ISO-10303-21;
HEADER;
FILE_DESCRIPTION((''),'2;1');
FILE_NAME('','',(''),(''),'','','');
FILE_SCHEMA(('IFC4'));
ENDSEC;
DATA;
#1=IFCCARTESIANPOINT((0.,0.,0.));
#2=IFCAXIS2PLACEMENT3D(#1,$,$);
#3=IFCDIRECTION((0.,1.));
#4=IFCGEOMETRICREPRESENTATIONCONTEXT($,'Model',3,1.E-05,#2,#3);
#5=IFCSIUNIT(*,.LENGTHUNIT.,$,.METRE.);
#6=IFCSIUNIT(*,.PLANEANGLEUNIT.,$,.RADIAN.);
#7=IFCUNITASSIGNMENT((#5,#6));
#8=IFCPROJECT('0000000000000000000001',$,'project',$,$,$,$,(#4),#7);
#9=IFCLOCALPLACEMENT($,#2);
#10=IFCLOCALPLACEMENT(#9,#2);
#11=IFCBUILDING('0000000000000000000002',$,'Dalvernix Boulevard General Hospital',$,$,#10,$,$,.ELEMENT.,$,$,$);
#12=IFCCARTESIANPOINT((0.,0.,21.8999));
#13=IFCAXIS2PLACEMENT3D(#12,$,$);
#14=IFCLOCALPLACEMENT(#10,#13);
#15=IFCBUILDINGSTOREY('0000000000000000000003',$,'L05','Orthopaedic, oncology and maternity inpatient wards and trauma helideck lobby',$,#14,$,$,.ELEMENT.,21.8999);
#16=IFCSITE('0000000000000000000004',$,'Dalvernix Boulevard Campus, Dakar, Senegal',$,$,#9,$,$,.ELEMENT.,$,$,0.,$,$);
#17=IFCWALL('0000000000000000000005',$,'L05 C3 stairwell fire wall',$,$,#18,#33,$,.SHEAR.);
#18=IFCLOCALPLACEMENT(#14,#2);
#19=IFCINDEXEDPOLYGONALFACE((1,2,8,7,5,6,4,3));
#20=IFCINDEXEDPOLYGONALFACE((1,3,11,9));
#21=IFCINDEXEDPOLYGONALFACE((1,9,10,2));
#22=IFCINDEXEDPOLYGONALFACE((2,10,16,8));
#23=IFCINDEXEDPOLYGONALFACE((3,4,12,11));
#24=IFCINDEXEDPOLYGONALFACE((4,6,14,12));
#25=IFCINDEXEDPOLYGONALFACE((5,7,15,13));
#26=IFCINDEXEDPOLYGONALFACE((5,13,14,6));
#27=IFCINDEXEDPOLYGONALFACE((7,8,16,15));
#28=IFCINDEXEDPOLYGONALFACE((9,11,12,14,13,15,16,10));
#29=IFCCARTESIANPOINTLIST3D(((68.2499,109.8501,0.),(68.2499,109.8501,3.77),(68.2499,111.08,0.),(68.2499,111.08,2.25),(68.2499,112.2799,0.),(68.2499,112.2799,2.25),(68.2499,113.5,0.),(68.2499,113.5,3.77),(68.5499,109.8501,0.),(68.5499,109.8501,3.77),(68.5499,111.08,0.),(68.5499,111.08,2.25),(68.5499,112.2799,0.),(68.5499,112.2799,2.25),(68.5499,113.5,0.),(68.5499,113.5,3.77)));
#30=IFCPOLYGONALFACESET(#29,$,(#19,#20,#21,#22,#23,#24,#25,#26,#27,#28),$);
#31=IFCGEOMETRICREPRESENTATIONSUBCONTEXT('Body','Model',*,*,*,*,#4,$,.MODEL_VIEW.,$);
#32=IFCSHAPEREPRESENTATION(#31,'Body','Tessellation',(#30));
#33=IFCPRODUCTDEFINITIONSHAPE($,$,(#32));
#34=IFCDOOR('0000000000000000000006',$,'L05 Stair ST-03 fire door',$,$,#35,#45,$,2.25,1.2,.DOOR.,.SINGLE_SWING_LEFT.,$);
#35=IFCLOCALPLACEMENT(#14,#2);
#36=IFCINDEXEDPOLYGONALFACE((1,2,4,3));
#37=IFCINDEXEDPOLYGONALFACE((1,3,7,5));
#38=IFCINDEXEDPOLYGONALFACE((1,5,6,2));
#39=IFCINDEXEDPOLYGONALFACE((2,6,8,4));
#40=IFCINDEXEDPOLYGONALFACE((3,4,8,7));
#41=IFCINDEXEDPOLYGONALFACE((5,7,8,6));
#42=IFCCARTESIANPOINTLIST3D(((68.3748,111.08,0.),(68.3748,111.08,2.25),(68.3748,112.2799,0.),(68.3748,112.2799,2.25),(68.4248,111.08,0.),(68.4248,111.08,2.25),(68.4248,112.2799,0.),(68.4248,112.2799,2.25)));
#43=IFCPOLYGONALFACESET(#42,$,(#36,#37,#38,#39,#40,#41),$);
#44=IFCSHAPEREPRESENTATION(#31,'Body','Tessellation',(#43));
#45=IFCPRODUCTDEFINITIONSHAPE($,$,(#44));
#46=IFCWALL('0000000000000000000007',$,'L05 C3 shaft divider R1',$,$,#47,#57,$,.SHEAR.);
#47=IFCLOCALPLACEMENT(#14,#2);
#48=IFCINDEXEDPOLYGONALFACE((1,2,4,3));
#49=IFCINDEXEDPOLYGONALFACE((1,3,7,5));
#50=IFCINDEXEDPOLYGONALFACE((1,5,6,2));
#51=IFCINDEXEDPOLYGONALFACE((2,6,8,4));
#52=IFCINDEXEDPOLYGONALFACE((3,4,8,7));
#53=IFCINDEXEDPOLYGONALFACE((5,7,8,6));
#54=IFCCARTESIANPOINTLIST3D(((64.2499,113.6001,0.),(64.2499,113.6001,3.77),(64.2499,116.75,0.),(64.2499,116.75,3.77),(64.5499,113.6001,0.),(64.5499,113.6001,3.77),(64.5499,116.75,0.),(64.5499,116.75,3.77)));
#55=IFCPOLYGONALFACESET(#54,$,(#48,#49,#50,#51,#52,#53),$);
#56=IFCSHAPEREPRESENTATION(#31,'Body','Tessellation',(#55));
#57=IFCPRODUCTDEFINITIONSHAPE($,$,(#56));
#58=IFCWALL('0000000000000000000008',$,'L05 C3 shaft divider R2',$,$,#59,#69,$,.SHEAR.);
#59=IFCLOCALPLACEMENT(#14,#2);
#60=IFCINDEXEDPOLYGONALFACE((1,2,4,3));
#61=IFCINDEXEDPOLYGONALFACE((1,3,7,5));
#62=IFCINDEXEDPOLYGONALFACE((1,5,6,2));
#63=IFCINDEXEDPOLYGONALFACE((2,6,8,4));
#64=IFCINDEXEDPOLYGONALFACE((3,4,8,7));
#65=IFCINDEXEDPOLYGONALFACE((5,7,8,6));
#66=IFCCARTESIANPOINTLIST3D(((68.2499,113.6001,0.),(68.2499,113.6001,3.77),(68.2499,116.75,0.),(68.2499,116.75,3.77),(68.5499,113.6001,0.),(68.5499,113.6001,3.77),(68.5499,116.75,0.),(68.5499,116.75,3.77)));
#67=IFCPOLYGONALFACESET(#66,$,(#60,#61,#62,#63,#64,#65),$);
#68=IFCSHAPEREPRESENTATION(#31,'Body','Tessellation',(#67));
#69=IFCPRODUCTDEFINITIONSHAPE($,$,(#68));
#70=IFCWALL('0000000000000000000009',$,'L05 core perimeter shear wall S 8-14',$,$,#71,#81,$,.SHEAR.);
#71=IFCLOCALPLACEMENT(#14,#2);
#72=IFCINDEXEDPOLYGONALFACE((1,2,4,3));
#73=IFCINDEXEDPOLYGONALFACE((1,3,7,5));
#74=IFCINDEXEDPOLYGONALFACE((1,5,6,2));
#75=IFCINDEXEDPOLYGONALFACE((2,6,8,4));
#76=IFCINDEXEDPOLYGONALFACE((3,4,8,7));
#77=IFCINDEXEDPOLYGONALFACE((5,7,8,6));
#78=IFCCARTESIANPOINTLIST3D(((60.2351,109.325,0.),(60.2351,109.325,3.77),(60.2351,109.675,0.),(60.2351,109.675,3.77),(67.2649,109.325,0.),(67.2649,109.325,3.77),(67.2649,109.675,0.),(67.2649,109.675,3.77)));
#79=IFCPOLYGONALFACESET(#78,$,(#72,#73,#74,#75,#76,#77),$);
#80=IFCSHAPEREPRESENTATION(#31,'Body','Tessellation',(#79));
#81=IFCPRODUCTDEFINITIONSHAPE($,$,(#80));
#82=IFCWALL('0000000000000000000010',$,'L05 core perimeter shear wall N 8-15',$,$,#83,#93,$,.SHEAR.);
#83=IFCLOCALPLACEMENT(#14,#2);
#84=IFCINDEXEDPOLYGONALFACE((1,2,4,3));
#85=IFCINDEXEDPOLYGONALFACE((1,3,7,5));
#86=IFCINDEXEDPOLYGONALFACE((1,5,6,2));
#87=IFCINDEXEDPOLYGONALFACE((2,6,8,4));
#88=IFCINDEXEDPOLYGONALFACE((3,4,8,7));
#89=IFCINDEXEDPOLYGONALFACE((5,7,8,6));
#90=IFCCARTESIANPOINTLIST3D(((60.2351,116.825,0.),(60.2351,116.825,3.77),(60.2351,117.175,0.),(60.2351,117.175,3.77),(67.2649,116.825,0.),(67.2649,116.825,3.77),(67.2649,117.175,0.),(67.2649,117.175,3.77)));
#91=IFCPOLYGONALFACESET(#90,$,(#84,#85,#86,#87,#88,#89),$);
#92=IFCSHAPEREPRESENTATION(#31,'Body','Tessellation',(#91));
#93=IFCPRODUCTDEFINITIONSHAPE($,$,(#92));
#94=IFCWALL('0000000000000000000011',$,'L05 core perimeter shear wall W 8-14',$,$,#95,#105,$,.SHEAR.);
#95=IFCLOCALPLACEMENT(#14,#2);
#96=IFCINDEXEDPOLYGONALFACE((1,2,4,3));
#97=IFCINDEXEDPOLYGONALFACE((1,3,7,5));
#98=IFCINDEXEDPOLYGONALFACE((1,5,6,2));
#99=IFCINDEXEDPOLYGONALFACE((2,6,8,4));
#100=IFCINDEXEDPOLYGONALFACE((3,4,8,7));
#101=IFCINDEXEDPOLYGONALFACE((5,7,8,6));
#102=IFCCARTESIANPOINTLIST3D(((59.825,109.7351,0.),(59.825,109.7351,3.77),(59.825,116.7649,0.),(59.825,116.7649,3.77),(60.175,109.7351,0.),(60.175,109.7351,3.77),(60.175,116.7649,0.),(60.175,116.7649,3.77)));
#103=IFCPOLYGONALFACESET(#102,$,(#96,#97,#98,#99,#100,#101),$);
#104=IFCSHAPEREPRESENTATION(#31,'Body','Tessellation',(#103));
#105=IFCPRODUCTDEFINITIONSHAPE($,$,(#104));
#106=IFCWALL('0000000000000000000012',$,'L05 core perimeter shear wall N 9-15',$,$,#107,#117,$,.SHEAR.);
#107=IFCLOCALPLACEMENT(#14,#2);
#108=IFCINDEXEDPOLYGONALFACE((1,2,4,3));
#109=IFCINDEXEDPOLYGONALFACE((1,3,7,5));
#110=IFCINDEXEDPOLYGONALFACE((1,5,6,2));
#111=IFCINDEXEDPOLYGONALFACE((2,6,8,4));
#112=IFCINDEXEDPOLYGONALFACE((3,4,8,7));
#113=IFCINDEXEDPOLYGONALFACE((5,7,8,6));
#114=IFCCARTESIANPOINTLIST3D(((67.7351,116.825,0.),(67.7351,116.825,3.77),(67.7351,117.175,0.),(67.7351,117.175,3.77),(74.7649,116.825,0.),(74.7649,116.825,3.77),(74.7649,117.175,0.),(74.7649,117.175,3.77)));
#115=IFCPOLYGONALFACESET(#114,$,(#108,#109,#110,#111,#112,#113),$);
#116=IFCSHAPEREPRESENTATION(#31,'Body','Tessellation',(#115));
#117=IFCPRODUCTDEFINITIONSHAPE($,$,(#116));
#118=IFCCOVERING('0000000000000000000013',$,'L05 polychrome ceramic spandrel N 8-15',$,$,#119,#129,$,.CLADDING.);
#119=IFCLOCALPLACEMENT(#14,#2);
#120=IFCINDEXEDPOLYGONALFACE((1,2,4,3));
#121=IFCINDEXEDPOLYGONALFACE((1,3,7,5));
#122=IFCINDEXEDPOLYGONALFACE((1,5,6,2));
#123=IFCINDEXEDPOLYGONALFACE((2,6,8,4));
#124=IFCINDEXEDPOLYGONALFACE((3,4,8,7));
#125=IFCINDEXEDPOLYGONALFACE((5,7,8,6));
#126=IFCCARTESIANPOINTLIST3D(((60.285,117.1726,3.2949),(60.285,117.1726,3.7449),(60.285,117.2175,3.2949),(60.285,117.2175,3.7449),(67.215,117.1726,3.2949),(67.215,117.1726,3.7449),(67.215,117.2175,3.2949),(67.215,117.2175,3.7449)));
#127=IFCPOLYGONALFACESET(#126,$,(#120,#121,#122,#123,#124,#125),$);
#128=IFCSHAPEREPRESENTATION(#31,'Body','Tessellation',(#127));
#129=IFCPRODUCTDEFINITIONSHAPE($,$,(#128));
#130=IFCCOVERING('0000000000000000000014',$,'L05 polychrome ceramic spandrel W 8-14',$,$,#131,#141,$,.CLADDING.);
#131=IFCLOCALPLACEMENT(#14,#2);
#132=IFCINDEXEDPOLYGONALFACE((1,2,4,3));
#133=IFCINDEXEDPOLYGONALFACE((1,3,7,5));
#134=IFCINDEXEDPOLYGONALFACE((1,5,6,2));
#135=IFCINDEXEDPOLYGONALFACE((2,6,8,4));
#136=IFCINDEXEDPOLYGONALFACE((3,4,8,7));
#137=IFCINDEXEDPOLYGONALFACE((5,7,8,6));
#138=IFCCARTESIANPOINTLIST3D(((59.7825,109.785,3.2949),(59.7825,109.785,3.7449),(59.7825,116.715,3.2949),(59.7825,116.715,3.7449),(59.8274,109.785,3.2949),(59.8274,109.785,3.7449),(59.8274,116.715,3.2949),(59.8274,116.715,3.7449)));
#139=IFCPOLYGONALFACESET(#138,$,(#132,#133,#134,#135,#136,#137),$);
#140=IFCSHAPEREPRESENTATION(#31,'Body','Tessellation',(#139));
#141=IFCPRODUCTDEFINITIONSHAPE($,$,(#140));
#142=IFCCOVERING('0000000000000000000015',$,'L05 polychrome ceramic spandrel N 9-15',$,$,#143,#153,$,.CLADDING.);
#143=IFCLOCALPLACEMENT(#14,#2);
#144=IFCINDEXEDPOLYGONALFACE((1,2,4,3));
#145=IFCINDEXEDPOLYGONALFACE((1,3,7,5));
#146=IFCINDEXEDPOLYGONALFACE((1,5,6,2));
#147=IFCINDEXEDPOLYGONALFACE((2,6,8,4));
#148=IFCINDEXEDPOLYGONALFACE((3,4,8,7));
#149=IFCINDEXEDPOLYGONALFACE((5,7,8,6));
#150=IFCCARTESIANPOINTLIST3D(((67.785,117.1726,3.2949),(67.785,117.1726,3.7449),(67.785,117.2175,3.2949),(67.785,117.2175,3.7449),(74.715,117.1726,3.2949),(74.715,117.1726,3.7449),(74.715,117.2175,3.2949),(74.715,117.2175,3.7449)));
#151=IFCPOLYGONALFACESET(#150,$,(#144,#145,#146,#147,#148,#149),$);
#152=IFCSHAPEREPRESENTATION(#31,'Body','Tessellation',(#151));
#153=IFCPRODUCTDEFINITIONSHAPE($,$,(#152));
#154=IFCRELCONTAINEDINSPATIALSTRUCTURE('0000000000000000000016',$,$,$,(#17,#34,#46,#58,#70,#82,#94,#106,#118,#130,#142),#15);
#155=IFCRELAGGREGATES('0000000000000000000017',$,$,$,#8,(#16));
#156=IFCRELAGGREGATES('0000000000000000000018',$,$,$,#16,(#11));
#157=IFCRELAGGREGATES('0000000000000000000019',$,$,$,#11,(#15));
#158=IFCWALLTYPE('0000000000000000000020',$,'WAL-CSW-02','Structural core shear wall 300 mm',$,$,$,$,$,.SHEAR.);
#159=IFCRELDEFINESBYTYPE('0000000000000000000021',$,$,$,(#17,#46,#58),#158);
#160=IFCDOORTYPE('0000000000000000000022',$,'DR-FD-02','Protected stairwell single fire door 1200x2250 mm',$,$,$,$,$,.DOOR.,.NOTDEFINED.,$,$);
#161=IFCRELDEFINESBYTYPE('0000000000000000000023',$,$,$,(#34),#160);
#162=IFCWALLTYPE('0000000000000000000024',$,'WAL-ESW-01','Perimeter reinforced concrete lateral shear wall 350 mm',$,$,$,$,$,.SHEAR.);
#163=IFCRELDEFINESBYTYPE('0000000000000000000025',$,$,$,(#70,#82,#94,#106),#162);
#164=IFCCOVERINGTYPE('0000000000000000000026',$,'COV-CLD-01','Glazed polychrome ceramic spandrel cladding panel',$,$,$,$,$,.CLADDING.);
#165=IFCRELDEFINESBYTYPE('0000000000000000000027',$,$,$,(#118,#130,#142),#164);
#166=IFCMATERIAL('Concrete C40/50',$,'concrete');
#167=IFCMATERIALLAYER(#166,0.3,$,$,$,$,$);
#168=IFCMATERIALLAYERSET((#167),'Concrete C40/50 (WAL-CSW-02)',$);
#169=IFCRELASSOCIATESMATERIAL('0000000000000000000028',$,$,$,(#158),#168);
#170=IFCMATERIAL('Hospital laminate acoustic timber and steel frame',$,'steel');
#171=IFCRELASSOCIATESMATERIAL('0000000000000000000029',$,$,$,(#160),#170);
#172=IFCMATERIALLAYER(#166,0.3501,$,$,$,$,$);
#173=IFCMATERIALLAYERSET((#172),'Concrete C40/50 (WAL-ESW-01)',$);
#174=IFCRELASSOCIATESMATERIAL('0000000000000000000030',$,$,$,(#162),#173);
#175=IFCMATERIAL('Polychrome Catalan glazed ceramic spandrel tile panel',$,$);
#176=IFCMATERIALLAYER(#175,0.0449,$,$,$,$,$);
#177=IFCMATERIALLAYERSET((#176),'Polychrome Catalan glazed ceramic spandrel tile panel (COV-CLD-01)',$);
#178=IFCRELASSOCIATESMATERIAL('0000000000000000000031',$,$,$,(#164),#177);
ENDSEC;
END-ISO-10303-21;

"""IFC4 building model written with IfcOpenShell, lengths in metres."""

from ifc_helpers import new_model, si_unit, direction, frame, frame_2d, origin, origin_2d, place, context, subcontext, project, spatial, rectangle, extrude, material, layer, layer_set, type_object, element, fill, save


model = new_model("IFC4")

# Units and contexts
model_context = context("Model", 3, precision=1e-05, world=origin(), true_north=direction((0.0, 1.0)))
body_context = subcontext(model_context, "Body", "Model", "MODEL_VIEW")
ifc_project = project(units=[si_unit("LENGTHUNIT", "METRE"), si_unit("PLANEANGLEUNIT", "RADIAN")], contexts=[model_context])

# Site, building, storey
site_placement = place(None, origin())
site = spatial("IfcSite", under=ifc_project, at=site_placement, Name="Dalvernix Boulevard Campus, Dakar, Senegal", CompositionType="ELEMENT", RefElevation=0.0)
building_placement = place(site_placement, origin())
building = spatial("IfcBuilding", under=site, at=building_placement, Name="Dalvernix Boulevard General Hospital", CompositionType="ELEMENT")
storey_placement = place(building_placement, frame((0.0, 0.0, 21.8999)))
storey = spatial("IfcBuildingStorey", under=building, at=storey_placement, Name="L05", Description="Orthopaedic, oncology and maternity inpatient wards and trauma helideck lobby", CompositionType="ELEMENT", Elevation=21.8999)

# Shared definitions
ifc_material_1 = material(Name="Concrete C40/50", Category="concrete")

# Shared definitions
ifc_layer_1 = layer(ifc_material_1, 0.3)
ifc_layer_set_1 = layer_set([ifc_layer_1], Name="Concrete C40/50 (WAL-CSW-02)")
wall_type_1 = type_object("IfcWallType", Name="WAL-CSW-02", Description="Structural core shear wall 300 mm", PredefinedType="SHEAR", material=ifc_layer_set_1)

# Wall, opening, door
wall_1_placement = place(storey_placement, frame((68.3999, 113.5, 0.0), z_axis=(0.0, 0.0, 1.0), x_axis=(0.0, -1.0, 0.0)))
wall_1 = element("IfcWall", 1, at=wall_1_placement, inside=storey, type_object=wall_type_1, Name="L05 C3 stairwell fire wall", PredefinedType="SHEAR", context=body_context, shape_type="SweptSolid", body=[
    extrude(rectangle(XDim=3.6499, YDim=0.3, at=frame_2d((1.825, 0.0))), origin(), (0.0, 0.0, 1.0), 3.77),
])
opening_1_placement = place(wall_1_placement, frame((1.22, 0.0, 0.0)))
opening_1 = element("IfcOpeningElement", 2, at=opening_1_placement, cuts=wall_1, PredefinedType="OPENING", context=body_context, shape_type="SweptSolid", body=[
    extrude(rectangle(XDim=1.2, YDim=2.25, at=frame_2d((0.6001, 1.125))), frame((0.0, 0.1599, 0.0), z_axis=(0.0, -1.0, 0.0), x_axis=(1.0, 0.0, 0.0)), (0.0, 0.0, 1.0), 0.3201),
])
ifc_material_2 = material(Name="Hospital laminate acoustic timber and steel frame", Category="steel")
door_type_1 = type_object("IfcDoorType", Name="DR-FD-02", Description="Protected stairwell single fire door 1200x2250 mm", OperationType="NOTDEFINED", PredefinedType="DOOR", material=ifc_material_2)
door_1_placement = place(opening_1_placement, origin())
door_1 = element("IfcDoor", 3, at=door_1_placement, inside=storey, type_object=door_type_1, Name="L05 Stair ST-03 fire door", OperationType="SINGLE_SWING_LEFT", OverallHeight=2.25, OverallWidth=1.2, PredefinedType="DOOR", context=body_context, shape_type="SweptSolid", body=[
    extrude(rectangle(XDim=1.2, YDim=2.25, at=frame_2d((0.6001, 1.125))), frame((0.0, 0.0249, 0.0), z_axis=(0.0, -1.0, 0.0), x_axis=(1.0, 0.0, 0.0)), (0.0, 0.0, 1.0), 0.05),
])
fill(opening_1, door_1)

# Walls
for number, where, z_axis, x_axis, name in (
    (4, (64.3999, 113.6001, 0.0), (0.0, 0.0, 1.0), (0.0, 1.0, 0.0), "L05 C3 shaft divider R1"),
    (5, (68.3999, 113.6001, 0.0), (0.0, 0.0, 1.0), (0.0, 1.0, 0.0), "L05 C3 shaft divider R2"),
):
    element("IfcWall", number, at=place(storey_placement, frame(where, z_axis=z_axis, x_axis=x_axis)), inside=storey, type_object=wall_type_1, Name=name, PredefinedType="SHEAR", context=body_context, shape_type="SweptSolid", body=[
        extrude(rectangle(XDim=3.1499, YDim=0.3, at=frame_2d((1.575, 0.0))), origin(), (0.0, 0.0, 1.0), 3.77),
    ])
ifc_layer_2 = layer(ifc_material_1, 0.3501)
ifc_layer_set_2 = layer_set([ifc_layer_2], Name="Concrete C40/50 (WAL-ESW-01)")
wall_type_2 = type_object("IfcWallType", Name="WAL-ESW-01", Description="Perimeter reinforced concrete lateral shear wall 350 mm", PredefinedType="SHEAR", material=ifc_layer_set_2)
for number, where, z_axis, x_axis, name in (
    (6, (67.2649, 109.5, 0.0), (0.0, 0.0, 1.0), (-1.0, 0.0, 0.0), "L05 core perimeter shear wall S 8-14"),
    (7, (60.2351, 117.0, 0.0), (0.0, 0.0, 1.0), (1.0, 0.0, 0.0), "L05 core perimeter shear wall N 8-15"),
    (8, (60.0, 109.7351, 0.0), (0.0, 0.0, 1.0), (0.0, 1.0, 0.0), "L05 core perimeter shear wall W 8-14"),
    (9, (67.7351, 117.0, 0.0), (0.0, 0.0, 1.0), (1.0, 0.0, 0.0), "L05 core perimeter shear wall N 9-15"),
):
    element("IfcWall", number, at=place(storey_placement, frame(where, z_axis=z_axis, x_axis=x_axis)), inside=storey, type_object=wall_type_2, Name=name, PredefinedType="SHEAR", context=body_context, shape_type="SweptSolid", body=[
        extrude(rectangle(XDim=7.0298, YDim=0.3501, at=frame_2d((3.5149, 0.0))), origin(), (0.0, 0.0, 1.0), 3.77),
    ])

# Coverings
ifc_material_3 = material(Name="Polychrome Catalan glazed ceramic spandrel tile panel")
ifc_layer_3 = layer(ifc_material_3, 0.0449)
ifc_layer_set_3 = layer_set([ifc_layer_3], Name="Polychrome Catalan glazed ceramic spandrel tile panel (COV-CLD-01)")
covering_type = type_object("IfcCoveringType", Name="COV-CLD-01", Description="Glazed polychrome ceramic spandrel cladding panel", PredefinedType="CLADDING", material=ifc_layer_set_3)
for number, where, z_axis, x_axis, name in (
    (10, (63.75, 117.1951, 3.2949), (0.0, 0.0, 1.0), (1.0, 0.0, 0.0), "L05 polychrome ceramic spandrel N 8-15"),
    (11, (59.8049, 113.25, 3.2949), (0.0, 0.0, 1.0), (0.0, 1.0, 0.0), "L05 polychrome ceramic spandrel W 8-14"),
    (12, (71.25, 117.1951, 3.2949), (0.0, 0.0, 1.0), (1.0, 0.0, 0.0), "L05 polychrome ceramic spandrel N 9-15"),
):
    element("IfcCovering", number, at=place(storey_placement, frame(where, z_axis=z_axis, x_axis=x_axis)), inside=storey, type_object=covering_type, Name=name, PredefinedType="CLADDING", context=body_context, shape_type="SweptSolid", body=[
        extrude(rectangle(XDim=6.9299, YDim=0.0449, at=origin_2d()), origin(), (0.0, 0.0, 1.0), 0.45),
    ])

save(model, "model.ifc")
